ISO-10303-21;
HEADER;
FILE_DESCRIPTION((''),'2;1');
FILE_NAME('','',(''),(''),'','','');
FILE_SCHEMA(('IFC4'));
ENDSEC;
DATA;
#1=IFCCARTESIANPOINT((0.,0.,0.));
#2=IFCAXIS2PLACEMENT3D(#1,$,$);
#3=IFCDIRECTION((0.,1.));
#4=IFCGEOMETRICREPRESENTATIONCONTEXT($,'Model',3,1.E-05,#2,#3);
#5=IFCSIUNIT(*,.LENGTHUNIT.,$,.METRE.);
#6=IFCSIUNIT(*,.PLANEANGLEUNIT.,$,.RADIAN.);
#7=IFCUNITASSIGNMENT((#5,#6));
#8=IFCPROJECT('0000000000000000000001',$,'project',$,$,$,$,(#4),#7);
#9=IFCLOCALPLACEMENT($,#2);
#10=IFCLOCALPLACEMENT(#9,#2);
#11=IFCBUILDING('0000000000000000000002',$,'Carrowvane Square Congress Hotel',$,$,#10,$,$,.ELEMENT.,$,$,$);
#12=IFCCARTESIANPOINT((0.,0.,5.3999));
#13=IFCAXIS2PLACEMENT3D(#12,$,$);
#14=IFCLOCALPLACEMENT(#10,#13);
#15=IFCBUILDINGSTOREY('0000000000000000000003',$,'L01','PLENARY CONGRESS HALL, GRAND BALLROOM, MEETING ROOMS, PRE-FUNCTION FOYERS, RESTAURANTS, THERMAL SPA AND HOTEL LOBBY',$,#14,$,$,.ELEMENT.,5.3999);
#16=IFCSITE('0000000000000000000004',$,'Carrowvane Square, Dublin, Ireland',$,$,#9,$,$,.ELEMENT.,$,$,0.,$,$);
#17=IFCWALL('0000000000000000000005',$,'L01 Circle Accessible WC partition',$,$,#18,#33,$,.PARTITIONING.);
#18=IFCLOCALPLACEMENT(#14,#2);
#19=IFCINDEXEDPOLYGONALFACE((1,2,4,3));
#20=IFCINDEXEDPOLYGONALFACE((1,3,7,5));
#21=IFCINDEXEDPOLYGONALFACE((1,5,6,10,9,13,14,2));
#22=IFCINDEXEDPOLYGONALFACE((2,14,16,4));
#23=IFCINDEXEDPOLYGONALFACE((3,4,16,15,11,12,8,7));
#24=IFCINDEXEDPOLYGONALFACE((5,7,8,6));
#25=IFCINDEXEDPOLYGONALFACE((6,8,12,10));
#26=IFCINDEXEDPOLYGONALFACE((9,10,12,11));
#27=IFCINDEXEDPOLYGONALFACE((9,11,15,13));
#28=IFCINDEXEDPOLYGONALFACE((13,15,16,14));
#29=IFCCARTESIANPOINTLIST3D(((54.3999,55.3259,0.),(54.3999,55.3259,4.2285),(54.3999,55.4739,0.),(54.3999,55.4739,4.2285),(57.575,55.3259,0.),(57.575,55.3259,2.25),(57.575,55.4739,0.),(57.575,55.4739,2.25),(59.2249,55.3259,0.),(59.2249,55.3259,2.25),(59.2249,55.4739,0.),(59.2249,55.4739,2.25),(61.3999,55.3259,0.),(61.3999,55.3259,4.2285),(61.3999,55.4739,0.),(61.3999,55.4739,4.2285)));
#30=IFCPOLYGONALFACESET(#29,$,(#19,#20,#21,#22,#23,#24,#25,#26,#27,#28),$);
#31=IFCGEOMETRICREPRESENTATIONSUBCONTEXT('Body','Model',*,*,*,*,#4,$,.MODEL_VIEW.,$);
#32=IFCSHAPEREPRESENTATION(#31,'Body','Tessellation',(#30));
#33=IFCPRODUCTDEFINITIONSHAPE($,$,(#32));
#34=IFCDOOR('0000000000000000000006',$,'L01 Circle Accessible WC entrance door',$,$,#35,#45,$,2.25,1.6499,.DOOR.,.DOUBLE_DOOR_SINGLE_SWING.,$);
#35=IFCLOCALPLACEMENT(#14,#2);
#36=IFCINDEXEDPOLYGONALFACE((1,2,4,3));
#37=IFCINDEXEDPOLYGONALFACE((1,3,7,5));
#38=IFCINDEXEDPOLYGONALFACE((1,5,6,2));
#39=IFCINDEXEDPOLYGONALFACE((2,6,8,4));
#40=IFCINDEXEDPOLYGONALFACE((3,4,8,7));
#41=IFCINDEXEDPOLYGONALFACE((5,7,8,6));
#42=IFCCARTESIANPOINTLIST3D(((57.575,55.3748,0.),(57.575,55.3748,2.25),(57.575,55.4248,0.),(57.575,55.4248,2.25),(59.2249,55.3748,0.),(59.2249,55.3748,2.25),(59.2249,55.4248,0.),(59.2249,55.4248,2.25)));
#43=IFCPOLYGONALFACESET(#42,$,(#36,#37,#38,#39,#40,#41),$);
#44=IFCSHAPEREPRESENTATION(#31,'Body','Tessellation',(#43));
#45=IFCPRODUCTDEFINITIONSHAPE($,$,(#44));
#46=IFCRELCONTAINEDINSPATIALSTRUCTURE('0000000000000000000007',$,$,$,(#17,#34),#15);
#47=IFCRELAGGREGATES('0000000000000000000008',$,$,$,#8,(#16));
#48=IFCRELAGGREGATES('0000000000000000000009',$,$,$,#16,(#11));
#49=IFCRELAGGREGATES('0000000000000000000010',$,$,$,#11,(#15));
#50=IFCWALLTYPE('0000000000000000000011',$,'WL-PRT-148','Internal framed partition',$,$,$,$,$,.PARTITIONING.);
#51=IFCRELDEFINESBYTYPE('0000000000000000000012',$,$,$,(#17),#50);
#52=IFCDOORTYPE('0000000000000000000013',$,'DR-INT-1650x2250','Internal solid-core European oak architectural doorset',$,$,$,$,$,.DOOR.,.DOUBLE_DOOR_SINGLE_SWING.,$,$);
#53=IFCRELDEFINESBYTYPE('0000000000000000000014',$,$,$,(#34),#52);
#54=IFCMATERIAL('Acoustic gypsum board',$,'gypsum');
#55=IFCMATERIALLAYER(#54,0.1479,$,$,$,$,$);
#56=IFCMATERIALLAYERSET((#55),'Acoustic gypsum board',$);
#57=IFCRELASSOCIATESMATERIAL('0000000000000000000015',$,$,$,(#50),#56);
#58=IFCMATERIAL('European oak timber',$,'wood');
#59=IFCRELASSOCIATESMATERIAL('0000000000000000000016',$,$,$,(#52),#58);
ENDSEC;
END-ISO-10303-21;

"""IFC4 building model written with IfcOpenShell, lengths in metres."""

from ifc_helpers import new_model, si_unit, direction, frame, frame_2d, origin, place, context, subcontext, project, spatial, rectangle, extrude, material, layer, layer_set, type_object, element, fill, save


model = new_model("IFC4")

# Units and contexts
model_context = context("Model", 3, precision=1e-05, world=origin(), true_north=direction((0.0, 1.0)))
body_context = subcontext(model_context, "Body", "Model", "MODEL_VIEW")
ifc_project = project(units=[si_unit("LENGTHUNIT", "METRE"), si_unit("PLANEANGLEUNIT", "RADIAN")], contexts=[model_context])

# Site, building, storey
site_placement = place(None, origin())
site = spatial("IfcSite", under=ifc_project, at=site_placement, Name="Carrowvane Square, Dublin, Ireland", CompositionType="ELEMENT", RefElevation=0.0)
building_placement = place(site_placement, origin())
building = spatial("IfcBuilding", under=site, at=building_placement, Name="Carrowvane Square Congress Hotel", CompositionType="ELEMENT")
storey_placement = place(building_placement, frame((0.0, 0.0, 5.3999)))
storey = spatial("IfcBuildingStorey", under=building, at=storey_placement, Name="L01", Description="PLENARY CONGRESS HALL, GRAND BALLROOM, MEETING ROOMS, PRE-FUNCTION FOYERS, RESTAURANTS, THERMAL SPA AND HOTEL LOBBY", CompositionType="ELEMENT", Elevation=5.3999)

# Wall, opening, door
ifc_material_1 = material(Name="Acoustic gypsum board", Category="gypsum")
ifc_layer_1 = layer(ifc_material_1, 0.1479)
ifc_layer_set_1 = layer_set([ifc_layer_1], Name="Acoustic gypsum board")
wall_type_1 = type_object("IfcWallType", Name="WL-PRT-148", Description="Internal framed partition", PredefinedType="PARTITIONING", material=ifc_layer_set_1)
wall_1_placement = place(storey_placement, frame((54.3999, 55.3999, 0.0), z_axis=(0.0, 0.0, 1.0), x_axis=(1.0, 0.0, 0.0)))
wall_1 = element("IfcWall", 1, at=wall_1_placement, inside=storey, type_object=wall_type_1, Name="L01 Circle Accessible WC partition", PredefinedType="PARTITIONING", context=body_context, shape_type="SweptSolid", body=[
    extrude(rectangle(XDim=7.0, YDim=0.1479, at=frame_2d((3.5, 0.0))), origin(), (0.0, 0.0, 1.0), 4.2285),
])
opening_1_placement = place(wall_1_placement, frame((3.175, 0.0, 0.0)))
opening_1 = element("IfcOpeningElement", 2, at=opening_1_placement, cuts=wall_1, PredefinedType="OPENING", context=body_context, shape_type="SweptSolid", body=[
    extrude(rectangle(XDim=1.6499, YDim=2.25, at=frame_2d((0.825, 1.125))), frame((0.0, 0.084, 0.0), z_axis=(0.0, -1.0, 0.0), x_axis=(1.0, 0.0, 0.0)), (0.0, 0.0, 1.0), 0.168),
])
ifc_material_2 = material(Name="European oak timber", Category="wood")
door_type_1 = type_object("IfcDoorType", Name="DR-INT-1650x2250", Description="Internal solid-core European oak architectural doorset", OperationType="DOUBLE_DOOR_SINGLE_SWING", PredefinedType="DOOR", material=ifc_material_2)
door_1_placement = place(opening_1_placement, origin())
door_1 = element("IfcDoor", 3, at=door_1_placement, inside=storey, type_object=door_type_1, Name="L01 Circle Accessible WC entrance door", OperationType="DOUBLE_DOOR_SINGLE_SWING", OverallHeight=2.25, OverallWidth=1.6499, PredefinedType="DOOR", context=body_context, shape_type="SweptSolid", body=[
    extrude(rectangle(XDim=1.6499, YDim=2.25, at=frame_2d((0.825, 1.125))), frame((0.0, 0.0249, 0.0), z_axis=(0.0, -1.0, 0.0), x_axis=(1.0, 0.0, 0.0)), (0.0, 0.0, 1.0), 0.05),
])
fill(opening_1, door_1)

save(model, "model.ifc")
